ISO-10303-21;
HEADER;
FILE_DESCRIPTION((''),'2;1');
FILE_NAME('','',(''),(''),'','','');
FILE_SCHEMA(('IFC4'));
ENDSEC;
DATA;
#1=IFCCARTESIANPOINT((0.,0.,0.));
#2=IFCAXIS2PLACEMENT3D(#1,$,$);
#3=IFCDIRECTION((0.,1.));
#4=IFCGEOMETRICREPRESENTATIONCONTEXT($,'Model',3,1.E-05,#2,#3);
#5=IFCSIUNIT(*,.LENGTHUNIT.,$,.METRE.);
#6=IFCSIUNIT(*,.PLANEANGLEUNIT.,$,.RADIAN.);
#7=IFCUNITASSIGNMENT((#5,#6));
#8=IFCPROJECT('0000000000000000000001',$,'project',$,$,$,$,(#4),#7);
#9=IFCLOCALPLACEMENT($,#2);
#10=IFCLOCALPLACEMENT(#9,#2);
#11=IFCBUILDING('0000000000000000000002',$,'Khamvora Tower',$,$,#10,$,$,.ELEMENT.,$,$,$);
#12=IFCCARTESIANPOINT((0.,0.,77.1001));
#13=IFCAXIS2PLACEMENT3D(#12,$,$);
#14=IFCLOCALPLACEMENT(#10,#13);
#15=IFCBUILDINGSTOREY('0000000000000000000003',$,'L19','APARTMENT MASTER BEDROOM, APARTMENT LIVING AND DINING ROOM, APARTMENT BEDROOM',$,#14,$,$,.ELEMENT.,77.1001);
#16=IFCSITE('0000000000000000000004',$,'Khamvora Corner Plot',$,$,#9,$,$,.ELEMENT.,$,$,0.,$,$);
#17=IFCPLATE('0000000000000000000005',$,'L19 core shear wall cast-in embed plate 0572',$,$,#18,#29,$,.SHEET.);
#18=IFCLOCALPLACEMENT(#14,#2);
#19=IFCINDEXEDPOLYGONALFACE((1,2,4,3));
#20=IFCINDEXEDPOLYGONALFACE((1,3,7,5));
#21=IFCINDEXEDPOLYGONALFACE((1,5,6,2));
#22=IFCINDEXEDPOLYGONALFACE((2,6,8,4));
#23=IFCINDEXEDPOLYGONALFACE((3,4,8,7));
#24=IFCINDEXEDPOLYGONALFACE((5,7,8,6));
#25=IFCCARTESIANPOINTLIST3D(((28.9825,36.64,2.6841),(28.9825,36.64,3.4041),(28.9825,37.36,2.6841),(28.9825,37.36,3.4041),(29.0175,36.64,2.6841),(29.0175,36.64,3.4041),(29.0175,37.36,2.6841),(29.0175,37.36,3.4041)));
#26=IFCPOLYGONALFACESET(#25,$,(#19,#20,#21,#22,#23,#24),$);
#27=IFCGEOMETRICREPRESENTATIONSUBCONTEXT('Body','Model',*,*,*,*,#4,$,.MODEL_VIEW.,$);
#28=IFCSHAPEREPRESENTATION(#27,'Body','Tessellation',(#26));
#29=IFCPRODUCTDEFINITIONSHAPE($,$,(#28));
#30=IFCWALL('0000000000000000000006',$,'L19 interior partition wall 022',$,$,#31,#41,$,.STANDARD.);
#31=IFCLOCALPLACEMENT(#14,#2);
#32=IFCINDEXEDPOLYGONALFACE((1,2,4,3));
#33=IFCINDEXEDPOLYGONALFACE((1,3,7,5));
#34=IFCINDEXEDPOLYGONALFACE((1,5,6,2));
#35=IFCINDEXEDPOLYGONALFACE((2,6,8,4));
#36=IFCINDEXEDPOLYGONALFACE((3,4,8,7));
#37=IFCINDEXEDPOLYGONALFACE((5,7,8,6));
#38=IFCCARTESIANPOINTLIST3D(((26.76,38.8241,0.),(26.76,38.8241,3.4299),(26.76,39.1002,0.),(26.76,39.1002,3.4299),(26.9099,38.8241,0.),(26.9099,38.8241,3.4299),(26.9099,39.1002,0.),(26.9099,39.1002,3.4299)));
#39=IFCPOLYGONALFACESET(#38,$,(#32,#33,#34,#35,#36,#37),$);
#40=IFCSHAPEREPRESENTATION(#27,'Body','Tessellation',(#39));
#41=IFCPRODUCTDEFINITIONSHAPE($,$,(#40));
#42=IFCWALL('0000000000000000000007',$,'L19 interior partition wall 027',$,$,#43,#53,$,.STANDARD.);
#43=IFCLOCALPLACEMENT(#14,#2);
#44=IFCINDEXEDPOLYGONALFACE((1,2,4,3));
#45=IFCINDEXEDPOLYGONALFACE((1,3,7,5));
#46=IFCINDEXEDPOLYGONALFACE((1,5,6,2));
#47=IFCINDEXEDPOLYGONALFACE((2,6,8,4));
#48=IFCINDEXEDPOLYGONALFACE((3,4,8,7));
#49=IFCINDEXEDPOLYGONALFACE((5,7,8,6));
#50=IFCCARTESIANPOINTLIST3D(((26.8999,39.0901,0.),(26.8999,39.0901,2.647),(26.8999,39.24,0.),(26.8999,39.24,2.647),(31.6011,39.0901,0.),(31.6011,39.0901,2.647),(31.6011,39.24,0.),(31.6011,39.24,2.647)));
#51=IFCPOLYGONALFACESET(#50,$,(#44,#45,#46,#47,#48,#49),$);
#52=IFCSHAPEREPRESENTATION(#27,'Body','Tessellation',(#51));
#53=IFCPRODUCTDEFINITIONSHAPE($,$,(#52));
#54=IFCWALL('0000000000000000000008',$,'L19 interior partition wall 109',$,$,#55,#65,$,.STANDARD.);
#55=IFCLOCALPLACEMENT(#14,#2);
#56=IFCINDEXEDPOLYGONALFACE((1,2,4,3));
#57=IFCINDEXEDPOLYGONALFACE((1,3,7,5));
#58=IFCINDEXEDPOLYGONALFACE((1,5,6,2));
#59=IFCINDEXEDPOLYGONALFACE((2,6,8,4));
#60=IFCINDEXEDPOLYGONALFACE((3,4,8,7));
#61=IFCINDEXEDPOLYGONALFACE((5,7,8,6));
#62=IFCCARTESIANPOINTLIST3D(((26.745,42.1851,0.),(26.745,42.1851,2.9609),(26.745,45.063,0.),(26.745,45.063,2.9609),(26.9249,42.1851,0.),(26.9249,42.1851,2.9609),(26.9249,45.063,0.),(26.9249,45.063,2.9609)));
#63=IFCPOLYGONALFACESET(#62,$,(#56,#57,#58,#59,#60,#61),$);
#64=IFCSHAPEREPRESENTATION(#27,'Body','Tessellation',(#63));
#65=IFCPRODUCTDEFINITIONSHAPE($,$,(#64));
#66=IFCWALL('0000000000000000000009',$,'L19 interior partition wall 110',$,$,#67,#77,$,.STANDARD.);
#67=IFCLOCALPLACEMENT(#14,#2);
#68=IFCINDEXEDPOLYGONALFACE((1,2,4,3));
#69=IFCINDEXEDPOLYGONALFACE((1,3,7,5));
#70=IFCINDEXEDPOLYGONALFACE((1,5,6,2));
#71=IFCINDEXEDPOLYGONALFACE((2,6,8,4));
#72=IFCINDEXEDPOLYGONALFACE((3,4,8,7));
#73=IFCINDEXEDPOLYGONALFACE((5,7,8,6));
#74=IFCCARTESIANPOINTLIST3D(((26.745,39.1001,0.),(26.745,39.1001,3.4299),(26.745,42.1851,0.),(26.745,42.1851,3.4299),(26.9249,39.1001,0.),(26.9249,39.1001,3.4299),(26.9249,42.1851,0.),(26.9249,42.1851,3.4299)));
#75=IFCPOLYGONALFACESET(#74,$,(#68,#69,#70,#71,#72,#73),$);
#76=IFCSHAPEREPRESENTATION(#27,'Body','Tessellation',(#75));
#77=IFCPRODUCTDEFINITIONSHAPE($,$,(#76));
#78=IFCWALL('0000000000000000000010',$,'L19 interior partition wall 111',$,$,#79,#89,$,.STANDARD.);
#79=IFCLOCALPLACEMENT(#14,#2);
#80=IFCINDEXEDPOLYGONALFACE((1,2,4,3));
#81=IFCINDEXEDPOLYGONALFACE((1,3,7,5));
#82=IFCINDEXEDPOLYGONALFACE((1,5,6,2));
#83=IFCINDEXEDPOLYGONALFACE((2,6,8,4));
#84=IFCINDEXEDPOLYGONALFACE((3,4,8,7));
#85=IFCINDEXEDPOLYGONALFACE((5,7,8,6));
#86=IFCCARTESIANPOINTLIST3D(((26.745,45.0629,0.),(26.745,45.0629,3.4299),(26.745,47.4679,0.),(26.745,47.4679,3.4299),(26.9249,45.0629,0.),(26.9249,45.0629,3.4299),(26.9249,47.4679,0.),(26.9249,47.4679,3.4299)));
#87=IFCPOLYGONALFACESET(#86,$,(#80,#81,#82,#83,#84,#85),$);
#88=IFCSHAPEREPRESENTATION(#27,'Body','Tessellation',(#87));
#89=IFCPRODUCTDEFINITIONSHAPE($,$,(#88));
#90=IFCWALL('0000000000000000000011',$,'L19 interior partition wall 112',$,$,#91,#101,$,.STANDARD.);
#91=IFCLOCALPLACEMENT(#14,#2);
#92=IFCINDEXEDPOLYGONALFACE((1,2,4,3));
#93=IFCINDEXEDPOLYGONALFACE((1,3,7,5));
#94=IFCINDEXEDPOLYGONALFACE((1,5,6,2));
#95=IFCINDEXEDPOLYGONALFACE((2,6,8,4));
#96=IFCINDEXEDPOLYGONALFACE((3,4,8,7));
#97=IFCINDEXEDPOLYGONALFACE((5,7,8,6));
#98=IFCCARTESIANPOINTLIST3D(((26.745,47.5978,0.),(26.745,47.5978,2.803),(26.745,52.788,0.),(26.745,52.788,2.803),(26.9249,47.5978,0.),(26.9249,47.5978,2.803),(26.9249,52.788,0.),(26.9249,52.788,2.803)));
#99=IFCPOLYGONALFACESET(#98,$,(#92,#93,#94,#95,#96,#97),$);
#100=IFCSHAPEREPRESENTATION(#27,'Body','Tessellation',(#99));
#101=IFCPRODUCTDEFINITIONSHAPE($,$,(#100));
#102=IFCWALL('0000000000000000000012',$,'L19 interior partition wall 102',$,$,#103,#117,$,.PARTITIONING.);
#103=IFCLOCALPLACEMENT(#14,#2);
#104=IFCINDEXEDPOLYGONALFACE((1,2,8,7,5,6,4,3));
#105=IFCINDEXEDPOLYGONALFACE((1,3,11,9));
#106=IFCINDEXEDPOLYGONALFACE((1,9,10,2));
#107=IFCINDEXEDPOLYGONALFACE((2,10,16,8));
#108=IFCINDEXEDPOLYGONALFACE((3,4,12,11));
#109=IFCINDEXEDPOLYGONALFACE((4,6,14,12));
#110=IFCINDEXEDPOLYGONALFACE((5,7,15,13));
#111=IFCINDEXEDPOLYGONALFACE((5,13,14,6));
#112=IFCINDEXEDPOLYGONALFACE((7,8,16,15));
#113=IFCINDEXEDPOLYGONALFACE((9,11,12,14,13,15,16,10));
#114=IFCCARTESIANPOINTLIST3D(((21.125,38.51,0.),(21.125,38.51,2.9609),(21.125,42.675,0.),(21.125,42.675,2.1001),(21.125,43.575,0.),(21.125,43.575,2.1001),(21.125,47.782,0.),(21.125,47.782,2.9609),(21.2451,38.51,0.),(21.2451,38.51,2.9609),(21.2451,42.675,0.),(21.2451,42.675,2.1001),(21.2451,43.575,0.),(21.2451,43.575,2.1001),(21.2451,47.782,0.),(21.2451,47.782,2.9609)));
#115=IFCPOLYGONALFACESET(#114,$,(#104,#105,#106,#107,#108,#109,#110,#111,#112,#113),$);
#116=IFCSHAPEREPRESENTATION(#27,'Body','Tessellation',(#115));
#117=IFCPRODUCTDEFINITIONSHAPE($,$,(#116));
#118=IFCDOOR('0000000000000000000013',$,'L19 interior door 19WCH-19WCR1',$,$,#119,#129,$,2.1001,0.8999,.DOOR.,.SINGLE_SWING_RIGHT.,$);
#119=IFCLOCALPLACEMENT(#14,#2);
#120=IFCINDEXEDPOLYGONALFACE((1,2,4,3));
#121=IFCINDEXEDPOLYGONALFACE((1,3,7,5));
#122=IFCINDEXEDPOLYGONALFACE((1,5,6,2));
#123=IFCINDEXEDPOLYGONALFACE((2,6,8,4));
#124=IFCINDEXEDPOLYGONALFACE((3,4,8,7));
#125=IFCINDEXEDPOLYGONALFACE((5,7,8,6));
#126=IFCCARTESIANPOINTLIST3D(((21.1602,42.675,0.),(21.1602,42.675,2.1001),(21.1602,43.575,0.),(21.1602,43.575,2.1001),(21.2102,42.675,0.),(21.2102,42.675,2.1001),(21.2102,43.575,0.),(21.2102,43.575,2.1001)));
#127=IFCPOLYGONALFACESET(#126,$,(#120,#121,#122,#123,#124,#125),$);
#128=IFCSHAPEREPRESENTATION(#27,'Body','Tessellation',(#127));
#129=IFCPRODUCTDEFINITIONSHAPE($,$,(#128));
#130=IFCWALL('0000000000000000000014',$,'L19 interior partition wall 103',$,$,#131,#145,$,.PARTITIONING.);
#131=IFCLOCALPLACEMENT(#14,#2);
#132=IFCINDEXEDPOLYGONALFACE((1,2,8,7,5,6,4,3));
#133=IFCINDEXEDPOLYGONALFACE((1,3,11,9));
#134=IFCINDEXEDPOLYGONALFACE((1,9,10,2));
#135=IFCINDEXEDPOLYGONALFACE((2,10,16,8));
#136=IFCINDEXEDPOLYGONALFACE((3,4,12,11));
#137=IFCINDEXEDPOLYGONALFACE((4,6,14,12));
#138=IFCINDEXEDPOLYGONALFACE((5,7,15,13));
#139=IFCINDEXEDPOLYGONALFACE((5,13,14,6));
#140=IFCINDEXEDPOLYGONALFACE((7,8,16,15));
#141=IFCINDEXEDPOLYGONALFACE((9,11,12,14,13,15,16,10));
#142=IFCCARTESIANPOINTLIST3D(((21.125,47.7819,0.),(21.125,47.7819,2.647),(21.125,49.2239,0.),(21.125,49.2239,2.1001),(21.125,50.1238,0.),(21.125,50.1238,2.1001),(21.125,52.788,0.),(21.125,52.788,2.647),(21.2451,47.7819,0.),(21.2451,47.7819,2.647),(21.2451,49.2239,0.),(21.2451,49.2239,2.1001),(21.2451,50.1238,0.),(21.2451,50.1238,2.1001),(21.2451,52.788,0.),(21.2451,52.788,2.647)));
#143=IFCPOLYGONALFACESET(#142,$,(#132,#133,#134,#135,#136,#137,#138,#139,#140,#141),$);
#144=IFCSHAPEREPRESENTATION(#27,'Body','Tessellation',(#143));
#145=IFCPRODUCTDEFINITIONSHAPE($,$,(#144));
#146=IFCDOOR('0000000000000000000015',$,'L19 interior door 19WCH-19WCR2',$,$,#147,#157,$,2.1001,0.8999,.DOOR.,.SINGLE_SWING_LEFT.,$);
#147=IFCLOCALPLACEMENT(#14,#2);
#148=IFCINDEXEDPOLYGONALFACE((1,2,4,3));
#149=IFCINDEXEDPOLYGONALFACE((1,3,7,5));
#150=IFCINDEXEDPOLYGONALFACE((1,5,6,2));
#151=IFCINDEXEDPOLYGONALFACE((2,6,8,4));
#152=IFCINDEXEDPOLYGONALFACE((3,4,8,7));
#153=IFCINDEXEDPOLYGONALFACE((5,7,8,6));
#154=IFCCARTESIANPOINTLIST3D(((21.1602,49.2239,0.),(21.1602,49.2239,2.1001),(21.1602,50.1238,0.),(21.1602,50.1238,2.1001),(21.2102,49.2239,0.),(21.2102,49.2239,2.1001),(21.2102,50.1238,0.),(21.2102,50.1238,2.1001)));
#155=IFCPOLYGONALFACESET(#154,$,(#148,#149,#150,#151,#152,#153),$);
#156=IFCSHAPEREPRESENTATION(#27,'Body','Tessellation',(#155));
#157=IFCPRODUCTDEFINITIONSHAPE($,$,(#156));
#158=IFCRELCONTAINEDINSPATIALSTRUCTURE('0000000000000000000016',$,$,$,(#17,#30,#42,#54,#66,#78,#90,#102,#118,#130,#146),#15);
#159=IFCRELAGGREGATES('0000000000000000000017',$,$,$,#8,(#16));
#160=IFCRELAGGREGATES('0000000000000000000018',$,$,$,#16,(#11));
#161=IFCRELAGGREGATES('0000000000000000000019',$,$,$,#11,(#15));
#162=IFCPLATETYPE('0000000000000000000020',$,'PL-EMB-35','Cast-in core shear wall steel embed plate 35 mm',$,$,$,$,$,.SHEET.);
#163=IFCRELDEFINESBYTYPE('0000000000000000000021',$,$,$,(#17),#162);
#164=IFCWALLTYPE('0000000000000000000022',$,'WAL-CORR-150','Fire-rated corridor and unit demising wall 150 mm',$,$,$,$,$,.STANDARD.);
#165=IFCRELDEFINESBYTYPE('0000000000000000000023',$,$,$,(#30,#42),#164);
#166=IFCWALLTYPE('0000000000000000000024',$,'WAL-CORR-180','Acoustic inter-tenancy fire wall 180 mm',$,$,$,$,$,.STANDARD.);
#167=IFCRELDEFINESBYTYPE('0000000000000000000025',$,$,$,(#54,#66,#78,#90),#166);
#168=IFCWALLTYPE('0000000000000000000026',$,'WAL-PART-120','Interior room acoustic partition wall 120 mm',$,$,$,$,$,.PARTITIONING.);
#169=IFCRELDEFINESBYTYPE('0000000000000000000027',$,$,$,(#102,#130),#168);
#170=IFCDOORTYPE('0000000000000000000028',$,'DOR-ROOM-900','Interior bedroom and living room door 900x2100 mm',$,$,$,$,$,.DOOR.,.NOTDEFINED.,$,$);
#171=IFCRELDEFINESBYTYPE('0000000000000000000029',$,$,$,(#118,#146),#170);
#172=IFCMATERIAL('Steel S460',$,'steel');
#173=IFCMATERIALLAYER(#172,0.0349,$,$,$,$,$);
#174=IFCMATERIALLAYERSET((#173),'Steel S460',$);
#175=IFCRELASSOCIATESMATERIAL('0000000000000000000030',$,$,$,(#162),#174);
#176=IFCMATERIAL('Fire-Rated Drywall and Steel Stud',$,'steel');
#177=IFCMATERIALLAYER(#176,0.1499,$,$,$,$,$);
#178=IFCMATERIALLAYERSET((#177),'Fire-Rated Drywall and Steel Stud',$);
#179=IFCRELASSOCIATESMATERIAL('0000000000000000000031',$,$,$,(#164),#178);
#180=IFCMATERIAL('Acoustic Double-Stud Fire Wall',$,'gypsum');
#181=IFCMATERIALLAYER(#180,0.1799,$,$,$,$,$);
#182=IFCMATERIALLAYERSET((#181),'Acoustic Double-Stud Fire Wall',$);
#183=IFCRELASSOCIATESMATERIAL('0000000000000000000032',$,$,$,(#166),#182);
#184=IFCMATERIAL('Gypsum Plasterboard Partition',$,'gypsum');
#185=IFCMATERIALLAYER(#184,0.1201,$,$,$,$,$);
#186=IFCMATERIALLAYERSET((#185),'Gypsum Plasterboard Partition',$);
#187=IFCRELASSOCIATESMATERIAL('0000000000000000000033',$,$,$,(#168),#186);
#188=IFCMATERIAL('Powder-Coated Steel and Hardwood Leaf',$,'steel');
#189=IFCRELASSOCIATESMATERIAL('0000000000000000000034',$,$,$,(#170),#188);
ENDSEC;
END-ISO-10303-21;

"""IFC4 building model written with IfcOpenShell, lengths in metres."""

from ifc_helpers import new_model, si_unit, direction, frame, frame_2d, origin, origin_2d, place, context, subcontext, project, spatial, rectangle, extrude, material, layer, layer_set, type_object, element, fill, save


model = new_model("IFC4")

# Units and contexts
model_context = context("Model", 3, precision=1e-05, world=origin(), true_north=direction((0.0, 1.0)))
body_context = subcontext(model_context, "Body", "Model", "MODEL_VIEW")
ifc_project = project(units=[si_unit("LENGTHUNIT", "METRE"), si_unit("PLANEANGLEUNIT", "RADIAN")], contexts=[model_context])

# Site, building, storey
site_placement = place(None, origin())
site = spatial("IfcSite", under=ifc_project, at=site_placement, Name="Khamvora Corner Plot", CompositionType="ELEMENT", RefElevation=0.0)
building_placement = place(site_placement, origin())
building = spatial("IfcBuilding", under=site, at=building_placement, Name="Khamvora Tower", CompositionType="ELEMENT")
storey_placement = place(building_placement, frame((0.0, 0.0, 77.1001)))
storey = spatial("IfcBuildingStorey", under=building, at=storey_placement, Name="L19", Description="APARTMENT MASTER BEDROOM, APARTMENT LIVING AND DINING ROOM, APARTMENT BEDROOM", CompositionType="ELEMENT", Elevation=77.1001)

# Plate
ifc_material_1 = material(Name="Steel S460", Category="steel")
ifc_layer_1 = layer(ifc_material_1, 0.0349)
ifc_layer_set_1 = layer_set([ifc_layer_1], Name="Steel S460")
plate_type = type_object("IfcPlateType", Name="PL-EMB-35", Description="Cast-in core shear wall steel embed plate 35 mm", PredefinedType="SHEET", material=ifc_layer_set_1)
plate_placement = place(storey_placement, frame((29.0, 37.0, 2.6841), z_axis=(0.0, 0.0, 1.0), x_axis=(1.0, 0.0, 0.0)))
element("IfcPlate", 1, at=plate_placement, inside=storey, type_object=plate_type, Name="L19 core shear wall cast-in embed plate 0572", PredefinedType="SHEET", context=body_context, shape_type="SweptSolid", body=[
    extrude(rectangle(XDim=0.0349, YDim=0.72, at=origin_2d()), origin(), (0.0, 0.0, 1.0), 0.72),
])

# Walls
ifc_material_2 = material(Name="Fire-Rated Drywall and Steel Stud", Category="steel")
ifc_layer_2 = layer(ifc_material_2, 0.1499)
ifc_layer_set_2 = layer_set([ifc_layer_2], Name="Fire-Rated Drywall and Steel Stud")
wall_type_1 = type_object("IfcWallType", Name="WAL-CORR-150", Description="Fire-rated corridor and unit demising wall 150 mm", PredefinedType="STANDARD", material=ifc_layer_set_2)
wall_1_placement = place(storey_placement, frame((26.835, 38.824, 0.0), z_axis=(0.0, 0.0, 1.0), x_axis=(0.0, 1.0, 0.0)))
element("IfcWall", 2, at=wall_1_placement, inside=storey, type_object=wall_type_1, Name="L19 interior partition wall 022", PredefinedType="STANDARD", context=body_context, shape_type="SweptSolid", body=[
    extrude(rectangle(XDim=0.2761, YDim=0.1499, at=frame_2d((0.1382, 0.0))), origin(), (0.0, 0.0, 1.0), 3.4299),
])
wall_2_placement = place(storey_placement, frame((26.8999, 39.165, 0.0), z_axis=(0.0, 0.0, 1.0), x_axis=(1.0, 0.0, 0.0)))
element("IfcWall", 3, at=wall_2_placement, inside=storey, type_object=wall_type_1, Name="L19 interior partition wall 027", PredefinedType="STANDARD", context=body_context, shape_type="SweptSolid", body=[
    extrude(rectangle(XDim=4.7012, YDim=0.1499, at=frame_2d((2.3506, 0.0))), origin(), (0.0, 0.0, 1.0), 2.647),
])
ifc_material_3 = material(Name="Acoustic Double-Stud Fire Wall", Category="gypsum")
ifc_layer_3 = layer(ifc_material_3, 0.1799)
ifc_layer_set_3 = layer_set([ifc_layer_3], Name="Acoustic Double-Stud Fire Wall")
wall_type_2 = type_object("IfcWallType", Name="WAL-CORR-180", Description="Acoustic inter-tenancy fire wall 180 mm", PredefinedType="STANDARD", material=ifc_layer_set_3)
wall_3_placement = place(storey_placement, frame((26.835, 45.063, 0.0), z_axis=(0.0, 0.0, 1.0), x_axis=(0.0, -1.0, 0.0)))
element("IfcWall", 4, at=wall_3_placement, inside=storey, type_object=wall_type_2, Name="L19 interior partition wall 109", PredefinedType="STANDARD", context=body_context, shape_type="SweptSolid", body=[
    extrude(rectangle(XDim=2.8779, YDim=0.1799, at=frame_2d((1.439, 0.0))), origin(), (0.0, 0.0, 1.0), 2.9609),
])
wall_4_placement = place(storey_placement, frame((26.835, 42.1851, 0.0), z_axis=(0.0, 0.0, 1.0), x_axis=(0.0, -1.0, 0.0)))
element("IfcWall", 5, at=wall_4_placement, inside=storey, type_object=wall_type_2, Name="L19 interior partition wall 110", PredefinedType="STANDARD", context=body_context, shape_type="SweptSolid", body=[
    extrude(rectangle(XDim=3.085, YDim=0.1799, at=frame_2d((1.5425, 0.0))), origin(), (0.0, 0.0, 1.0), 3.4299),
])
wall_5_placement = place(storey_placement, frame((26.835, 47.468, 0.0), z_axis=(0.0, 0.0, 1.0), x_axis=(0.0, -1.0, 0.0)))
element("IfcWall", 6, at=wall_5_placement, inside=storey, type_object=wall_type_2, Name="L19 interior partition wall 111", PredefinedType="STANDARD", context=body_context, shape_type="SweptSolid", body=[
    extrude(rectangle(XDim=2.405, YDim=0.1799, at=frame_2d((1.2026, 0.0))), origin(), (0.0, 0.0, 1.0), 3.4299),
])
wall_6_placement = place(storey_placement, frame((26.835, 52.7881, 0.0), z_axis=(0.0, 0.0, 1.0), x_axis=(0.0, -1.0, 0.0)))
element("IfcWall", 7, at=wall_6_placement, inside=storey, type_object=wall_type_2, Name="L19 interior partition wall 112", PredefinedType="STANDARD", context=body_context, shape_type="SweptSolid", body=[
    extrude(rectangle(XDim=5.1902, YDim=0.1799, at=frame_2d((2.5952, 0.0))), origin(), (0.0, 0.0, 1.0), 2.803),
])

# Walls, openings, doors
ifc_material_4 = material(Name="Gypsum Plasterboard Partition", Category="gypsum")
ifc_layer_4 = layer(ifc_material_4, 0.1201)
ifc_layer_set_4 = layer_set([ifc_layer_4], Name="Gypsum Plasterboard Partition")
wall_type_3 = type_object("IfcWallType", Name="WAL-PART-120", Description="Interior room acoustic partition wall 120 mm", PredefinedType="PARTITIONING", material=ifc_layer_set_4)
wall_7_placement = place(storey_placement, frame((21.1851, 38.51, 0.0), z_axis=(0.0, 0.0, 1.0), x_axis=(0.0, 1.0, 0.0)))
wall_7 = element("IfcWall", 8, at=wall_7_placement, inside=storey, type_object=wall_type_3, Name="L19 interior partition wall 102", PredefinedType="PARTITIONING", context=body_context, shape_type="SweptSolid", body=[
    extrude(rectangle(XDim=9.272, YDim=0.1201, at=frame_2d((4.636, 0.0))), origin(), (0.0, 0.0, 1.0), 2.9609),
])
opening_1_placement = place(wall_7_placement, frame((4.165, 0.0, 0.0)))
opening_1 = element("IfcOpeningElement", 9, at=opening_1_placement, cuts=wall_7, PredefinedType="OPENING", context=body_context, shape_type="SweptSolid", body=[
    extrude(rectangle(XDim=0.8999, YDim=2.1001, at=frame_2d((0.45, 1.05))), frame((0.0, 0.0701, 0.0), z_axis=(0.0, -1.0, 0.0), x_axis=(1.0, 0.0, 0.0)), (0.0, 0.0, 1.0), 0.1401),
])
ifc_material_5 = material(Name="Powder-Coated Steel and Hardwood Leaf", Category="steel")
door_type = type_object("IfcDoorType", Name="DOR-ROOM-900", Description="Interior bedroom and living room door 900x2100 mm", OperationType="NOTDEFINED", PredefinedType="DOOR", material=ifc_material_5)
door_1_placement = place(opening_1_placement, origin())
door_1 = element("IfcDoor", 10, at=door_1_placement, inside=storey, type_object=door_type, Name="L19 interior door 19WCH-19WCR1", OperationType="SINGLE_SWING_RIGHT", OverallHeight=2.1001, OverallWidth=0.8999, PredefinedType="DOOR", context=body_context, shape_type="SweptSolid", body=[
    extrude(rectangle(XDim=0.8999, YDim=2.1001, at=frame_2d((0.45, 1.05))), frame((0.0, 0.0249, 0.0), z_axis=(0.0, -1.0, 0.0), x_axis=(1.0, 0.0, 0.0)), (0.0, 0.0, 1.0), 0.05),
])
fill(opening_1, door_1)
wall_8_placement = place(storey_placement, frame((21.1851, 47.782, 0.0), z_axis=(0.0, 0.0, 1.0), x_axis=(0.0, 1.0, 0.0)))
wall_8 = element("IfcWall", 11, at=wall_8_placement, inside=storey, type_object=wall_type_3, Name="L19 interior partition wall 103", PredefinedType="PARTITIONING", context=body_context, shape_type="SweptSolid", body=[
    extrude(rectangle(XDim=5.0061, YDim=0.1201, at=frame_2d((2.5029, 0.0))), origin(), (0.0, 0.0, 1.0), 2.647),
])
opening_2_placement = place(wall_8_placement, frame((1.4419, 0.0, 0.0)))
opening_2 = element("IfcOpeningElement", 12, at=opening_2_placement, cuts=wall_8, PredefinedType="OPENING", context=body_context, shape_type="SweptSolid", body=[
    extrude(rectangle(XDim=0.8999, YDim=2.1001, at=frame_2d((0.45, 1.05))), frame((0.0, 0.0701, 0.0), z_axis=(0.0, -1.0, 0.0), x_axis=(1.0, 0.0, 0.0)), (0.0, 0.0, 1.0), 0.1401),
])
door_2_placement = place(opening_2_placement, origin())
door_2 = element("IfcDoor", 13, at=door_2_placement, inside=storey, type_object=door_type, Name="L19 interior door 19WCH-19WCR2", OperationType="SINGLE_SWING_LEFT", OverallHeight=2.1001, OverallWidth=0.8999, PredefinedType="DOOR", context=body_context, shape_type="SweptSolid", body=[
    extrude(rectangle(XDim=0.8999, YDim=2.1001, at=frame_2d((0.45, 1.05))), frame((0.0, 0.0249, 0.0), z_axis=(0.0, -1.0, 0.0), x_axis=(1.0, 0.0, 0.0)), (0.0, 0.0, 1.0), 0.05),
])
fill(opening_2, door_2)

save(model, "model.ifc")
